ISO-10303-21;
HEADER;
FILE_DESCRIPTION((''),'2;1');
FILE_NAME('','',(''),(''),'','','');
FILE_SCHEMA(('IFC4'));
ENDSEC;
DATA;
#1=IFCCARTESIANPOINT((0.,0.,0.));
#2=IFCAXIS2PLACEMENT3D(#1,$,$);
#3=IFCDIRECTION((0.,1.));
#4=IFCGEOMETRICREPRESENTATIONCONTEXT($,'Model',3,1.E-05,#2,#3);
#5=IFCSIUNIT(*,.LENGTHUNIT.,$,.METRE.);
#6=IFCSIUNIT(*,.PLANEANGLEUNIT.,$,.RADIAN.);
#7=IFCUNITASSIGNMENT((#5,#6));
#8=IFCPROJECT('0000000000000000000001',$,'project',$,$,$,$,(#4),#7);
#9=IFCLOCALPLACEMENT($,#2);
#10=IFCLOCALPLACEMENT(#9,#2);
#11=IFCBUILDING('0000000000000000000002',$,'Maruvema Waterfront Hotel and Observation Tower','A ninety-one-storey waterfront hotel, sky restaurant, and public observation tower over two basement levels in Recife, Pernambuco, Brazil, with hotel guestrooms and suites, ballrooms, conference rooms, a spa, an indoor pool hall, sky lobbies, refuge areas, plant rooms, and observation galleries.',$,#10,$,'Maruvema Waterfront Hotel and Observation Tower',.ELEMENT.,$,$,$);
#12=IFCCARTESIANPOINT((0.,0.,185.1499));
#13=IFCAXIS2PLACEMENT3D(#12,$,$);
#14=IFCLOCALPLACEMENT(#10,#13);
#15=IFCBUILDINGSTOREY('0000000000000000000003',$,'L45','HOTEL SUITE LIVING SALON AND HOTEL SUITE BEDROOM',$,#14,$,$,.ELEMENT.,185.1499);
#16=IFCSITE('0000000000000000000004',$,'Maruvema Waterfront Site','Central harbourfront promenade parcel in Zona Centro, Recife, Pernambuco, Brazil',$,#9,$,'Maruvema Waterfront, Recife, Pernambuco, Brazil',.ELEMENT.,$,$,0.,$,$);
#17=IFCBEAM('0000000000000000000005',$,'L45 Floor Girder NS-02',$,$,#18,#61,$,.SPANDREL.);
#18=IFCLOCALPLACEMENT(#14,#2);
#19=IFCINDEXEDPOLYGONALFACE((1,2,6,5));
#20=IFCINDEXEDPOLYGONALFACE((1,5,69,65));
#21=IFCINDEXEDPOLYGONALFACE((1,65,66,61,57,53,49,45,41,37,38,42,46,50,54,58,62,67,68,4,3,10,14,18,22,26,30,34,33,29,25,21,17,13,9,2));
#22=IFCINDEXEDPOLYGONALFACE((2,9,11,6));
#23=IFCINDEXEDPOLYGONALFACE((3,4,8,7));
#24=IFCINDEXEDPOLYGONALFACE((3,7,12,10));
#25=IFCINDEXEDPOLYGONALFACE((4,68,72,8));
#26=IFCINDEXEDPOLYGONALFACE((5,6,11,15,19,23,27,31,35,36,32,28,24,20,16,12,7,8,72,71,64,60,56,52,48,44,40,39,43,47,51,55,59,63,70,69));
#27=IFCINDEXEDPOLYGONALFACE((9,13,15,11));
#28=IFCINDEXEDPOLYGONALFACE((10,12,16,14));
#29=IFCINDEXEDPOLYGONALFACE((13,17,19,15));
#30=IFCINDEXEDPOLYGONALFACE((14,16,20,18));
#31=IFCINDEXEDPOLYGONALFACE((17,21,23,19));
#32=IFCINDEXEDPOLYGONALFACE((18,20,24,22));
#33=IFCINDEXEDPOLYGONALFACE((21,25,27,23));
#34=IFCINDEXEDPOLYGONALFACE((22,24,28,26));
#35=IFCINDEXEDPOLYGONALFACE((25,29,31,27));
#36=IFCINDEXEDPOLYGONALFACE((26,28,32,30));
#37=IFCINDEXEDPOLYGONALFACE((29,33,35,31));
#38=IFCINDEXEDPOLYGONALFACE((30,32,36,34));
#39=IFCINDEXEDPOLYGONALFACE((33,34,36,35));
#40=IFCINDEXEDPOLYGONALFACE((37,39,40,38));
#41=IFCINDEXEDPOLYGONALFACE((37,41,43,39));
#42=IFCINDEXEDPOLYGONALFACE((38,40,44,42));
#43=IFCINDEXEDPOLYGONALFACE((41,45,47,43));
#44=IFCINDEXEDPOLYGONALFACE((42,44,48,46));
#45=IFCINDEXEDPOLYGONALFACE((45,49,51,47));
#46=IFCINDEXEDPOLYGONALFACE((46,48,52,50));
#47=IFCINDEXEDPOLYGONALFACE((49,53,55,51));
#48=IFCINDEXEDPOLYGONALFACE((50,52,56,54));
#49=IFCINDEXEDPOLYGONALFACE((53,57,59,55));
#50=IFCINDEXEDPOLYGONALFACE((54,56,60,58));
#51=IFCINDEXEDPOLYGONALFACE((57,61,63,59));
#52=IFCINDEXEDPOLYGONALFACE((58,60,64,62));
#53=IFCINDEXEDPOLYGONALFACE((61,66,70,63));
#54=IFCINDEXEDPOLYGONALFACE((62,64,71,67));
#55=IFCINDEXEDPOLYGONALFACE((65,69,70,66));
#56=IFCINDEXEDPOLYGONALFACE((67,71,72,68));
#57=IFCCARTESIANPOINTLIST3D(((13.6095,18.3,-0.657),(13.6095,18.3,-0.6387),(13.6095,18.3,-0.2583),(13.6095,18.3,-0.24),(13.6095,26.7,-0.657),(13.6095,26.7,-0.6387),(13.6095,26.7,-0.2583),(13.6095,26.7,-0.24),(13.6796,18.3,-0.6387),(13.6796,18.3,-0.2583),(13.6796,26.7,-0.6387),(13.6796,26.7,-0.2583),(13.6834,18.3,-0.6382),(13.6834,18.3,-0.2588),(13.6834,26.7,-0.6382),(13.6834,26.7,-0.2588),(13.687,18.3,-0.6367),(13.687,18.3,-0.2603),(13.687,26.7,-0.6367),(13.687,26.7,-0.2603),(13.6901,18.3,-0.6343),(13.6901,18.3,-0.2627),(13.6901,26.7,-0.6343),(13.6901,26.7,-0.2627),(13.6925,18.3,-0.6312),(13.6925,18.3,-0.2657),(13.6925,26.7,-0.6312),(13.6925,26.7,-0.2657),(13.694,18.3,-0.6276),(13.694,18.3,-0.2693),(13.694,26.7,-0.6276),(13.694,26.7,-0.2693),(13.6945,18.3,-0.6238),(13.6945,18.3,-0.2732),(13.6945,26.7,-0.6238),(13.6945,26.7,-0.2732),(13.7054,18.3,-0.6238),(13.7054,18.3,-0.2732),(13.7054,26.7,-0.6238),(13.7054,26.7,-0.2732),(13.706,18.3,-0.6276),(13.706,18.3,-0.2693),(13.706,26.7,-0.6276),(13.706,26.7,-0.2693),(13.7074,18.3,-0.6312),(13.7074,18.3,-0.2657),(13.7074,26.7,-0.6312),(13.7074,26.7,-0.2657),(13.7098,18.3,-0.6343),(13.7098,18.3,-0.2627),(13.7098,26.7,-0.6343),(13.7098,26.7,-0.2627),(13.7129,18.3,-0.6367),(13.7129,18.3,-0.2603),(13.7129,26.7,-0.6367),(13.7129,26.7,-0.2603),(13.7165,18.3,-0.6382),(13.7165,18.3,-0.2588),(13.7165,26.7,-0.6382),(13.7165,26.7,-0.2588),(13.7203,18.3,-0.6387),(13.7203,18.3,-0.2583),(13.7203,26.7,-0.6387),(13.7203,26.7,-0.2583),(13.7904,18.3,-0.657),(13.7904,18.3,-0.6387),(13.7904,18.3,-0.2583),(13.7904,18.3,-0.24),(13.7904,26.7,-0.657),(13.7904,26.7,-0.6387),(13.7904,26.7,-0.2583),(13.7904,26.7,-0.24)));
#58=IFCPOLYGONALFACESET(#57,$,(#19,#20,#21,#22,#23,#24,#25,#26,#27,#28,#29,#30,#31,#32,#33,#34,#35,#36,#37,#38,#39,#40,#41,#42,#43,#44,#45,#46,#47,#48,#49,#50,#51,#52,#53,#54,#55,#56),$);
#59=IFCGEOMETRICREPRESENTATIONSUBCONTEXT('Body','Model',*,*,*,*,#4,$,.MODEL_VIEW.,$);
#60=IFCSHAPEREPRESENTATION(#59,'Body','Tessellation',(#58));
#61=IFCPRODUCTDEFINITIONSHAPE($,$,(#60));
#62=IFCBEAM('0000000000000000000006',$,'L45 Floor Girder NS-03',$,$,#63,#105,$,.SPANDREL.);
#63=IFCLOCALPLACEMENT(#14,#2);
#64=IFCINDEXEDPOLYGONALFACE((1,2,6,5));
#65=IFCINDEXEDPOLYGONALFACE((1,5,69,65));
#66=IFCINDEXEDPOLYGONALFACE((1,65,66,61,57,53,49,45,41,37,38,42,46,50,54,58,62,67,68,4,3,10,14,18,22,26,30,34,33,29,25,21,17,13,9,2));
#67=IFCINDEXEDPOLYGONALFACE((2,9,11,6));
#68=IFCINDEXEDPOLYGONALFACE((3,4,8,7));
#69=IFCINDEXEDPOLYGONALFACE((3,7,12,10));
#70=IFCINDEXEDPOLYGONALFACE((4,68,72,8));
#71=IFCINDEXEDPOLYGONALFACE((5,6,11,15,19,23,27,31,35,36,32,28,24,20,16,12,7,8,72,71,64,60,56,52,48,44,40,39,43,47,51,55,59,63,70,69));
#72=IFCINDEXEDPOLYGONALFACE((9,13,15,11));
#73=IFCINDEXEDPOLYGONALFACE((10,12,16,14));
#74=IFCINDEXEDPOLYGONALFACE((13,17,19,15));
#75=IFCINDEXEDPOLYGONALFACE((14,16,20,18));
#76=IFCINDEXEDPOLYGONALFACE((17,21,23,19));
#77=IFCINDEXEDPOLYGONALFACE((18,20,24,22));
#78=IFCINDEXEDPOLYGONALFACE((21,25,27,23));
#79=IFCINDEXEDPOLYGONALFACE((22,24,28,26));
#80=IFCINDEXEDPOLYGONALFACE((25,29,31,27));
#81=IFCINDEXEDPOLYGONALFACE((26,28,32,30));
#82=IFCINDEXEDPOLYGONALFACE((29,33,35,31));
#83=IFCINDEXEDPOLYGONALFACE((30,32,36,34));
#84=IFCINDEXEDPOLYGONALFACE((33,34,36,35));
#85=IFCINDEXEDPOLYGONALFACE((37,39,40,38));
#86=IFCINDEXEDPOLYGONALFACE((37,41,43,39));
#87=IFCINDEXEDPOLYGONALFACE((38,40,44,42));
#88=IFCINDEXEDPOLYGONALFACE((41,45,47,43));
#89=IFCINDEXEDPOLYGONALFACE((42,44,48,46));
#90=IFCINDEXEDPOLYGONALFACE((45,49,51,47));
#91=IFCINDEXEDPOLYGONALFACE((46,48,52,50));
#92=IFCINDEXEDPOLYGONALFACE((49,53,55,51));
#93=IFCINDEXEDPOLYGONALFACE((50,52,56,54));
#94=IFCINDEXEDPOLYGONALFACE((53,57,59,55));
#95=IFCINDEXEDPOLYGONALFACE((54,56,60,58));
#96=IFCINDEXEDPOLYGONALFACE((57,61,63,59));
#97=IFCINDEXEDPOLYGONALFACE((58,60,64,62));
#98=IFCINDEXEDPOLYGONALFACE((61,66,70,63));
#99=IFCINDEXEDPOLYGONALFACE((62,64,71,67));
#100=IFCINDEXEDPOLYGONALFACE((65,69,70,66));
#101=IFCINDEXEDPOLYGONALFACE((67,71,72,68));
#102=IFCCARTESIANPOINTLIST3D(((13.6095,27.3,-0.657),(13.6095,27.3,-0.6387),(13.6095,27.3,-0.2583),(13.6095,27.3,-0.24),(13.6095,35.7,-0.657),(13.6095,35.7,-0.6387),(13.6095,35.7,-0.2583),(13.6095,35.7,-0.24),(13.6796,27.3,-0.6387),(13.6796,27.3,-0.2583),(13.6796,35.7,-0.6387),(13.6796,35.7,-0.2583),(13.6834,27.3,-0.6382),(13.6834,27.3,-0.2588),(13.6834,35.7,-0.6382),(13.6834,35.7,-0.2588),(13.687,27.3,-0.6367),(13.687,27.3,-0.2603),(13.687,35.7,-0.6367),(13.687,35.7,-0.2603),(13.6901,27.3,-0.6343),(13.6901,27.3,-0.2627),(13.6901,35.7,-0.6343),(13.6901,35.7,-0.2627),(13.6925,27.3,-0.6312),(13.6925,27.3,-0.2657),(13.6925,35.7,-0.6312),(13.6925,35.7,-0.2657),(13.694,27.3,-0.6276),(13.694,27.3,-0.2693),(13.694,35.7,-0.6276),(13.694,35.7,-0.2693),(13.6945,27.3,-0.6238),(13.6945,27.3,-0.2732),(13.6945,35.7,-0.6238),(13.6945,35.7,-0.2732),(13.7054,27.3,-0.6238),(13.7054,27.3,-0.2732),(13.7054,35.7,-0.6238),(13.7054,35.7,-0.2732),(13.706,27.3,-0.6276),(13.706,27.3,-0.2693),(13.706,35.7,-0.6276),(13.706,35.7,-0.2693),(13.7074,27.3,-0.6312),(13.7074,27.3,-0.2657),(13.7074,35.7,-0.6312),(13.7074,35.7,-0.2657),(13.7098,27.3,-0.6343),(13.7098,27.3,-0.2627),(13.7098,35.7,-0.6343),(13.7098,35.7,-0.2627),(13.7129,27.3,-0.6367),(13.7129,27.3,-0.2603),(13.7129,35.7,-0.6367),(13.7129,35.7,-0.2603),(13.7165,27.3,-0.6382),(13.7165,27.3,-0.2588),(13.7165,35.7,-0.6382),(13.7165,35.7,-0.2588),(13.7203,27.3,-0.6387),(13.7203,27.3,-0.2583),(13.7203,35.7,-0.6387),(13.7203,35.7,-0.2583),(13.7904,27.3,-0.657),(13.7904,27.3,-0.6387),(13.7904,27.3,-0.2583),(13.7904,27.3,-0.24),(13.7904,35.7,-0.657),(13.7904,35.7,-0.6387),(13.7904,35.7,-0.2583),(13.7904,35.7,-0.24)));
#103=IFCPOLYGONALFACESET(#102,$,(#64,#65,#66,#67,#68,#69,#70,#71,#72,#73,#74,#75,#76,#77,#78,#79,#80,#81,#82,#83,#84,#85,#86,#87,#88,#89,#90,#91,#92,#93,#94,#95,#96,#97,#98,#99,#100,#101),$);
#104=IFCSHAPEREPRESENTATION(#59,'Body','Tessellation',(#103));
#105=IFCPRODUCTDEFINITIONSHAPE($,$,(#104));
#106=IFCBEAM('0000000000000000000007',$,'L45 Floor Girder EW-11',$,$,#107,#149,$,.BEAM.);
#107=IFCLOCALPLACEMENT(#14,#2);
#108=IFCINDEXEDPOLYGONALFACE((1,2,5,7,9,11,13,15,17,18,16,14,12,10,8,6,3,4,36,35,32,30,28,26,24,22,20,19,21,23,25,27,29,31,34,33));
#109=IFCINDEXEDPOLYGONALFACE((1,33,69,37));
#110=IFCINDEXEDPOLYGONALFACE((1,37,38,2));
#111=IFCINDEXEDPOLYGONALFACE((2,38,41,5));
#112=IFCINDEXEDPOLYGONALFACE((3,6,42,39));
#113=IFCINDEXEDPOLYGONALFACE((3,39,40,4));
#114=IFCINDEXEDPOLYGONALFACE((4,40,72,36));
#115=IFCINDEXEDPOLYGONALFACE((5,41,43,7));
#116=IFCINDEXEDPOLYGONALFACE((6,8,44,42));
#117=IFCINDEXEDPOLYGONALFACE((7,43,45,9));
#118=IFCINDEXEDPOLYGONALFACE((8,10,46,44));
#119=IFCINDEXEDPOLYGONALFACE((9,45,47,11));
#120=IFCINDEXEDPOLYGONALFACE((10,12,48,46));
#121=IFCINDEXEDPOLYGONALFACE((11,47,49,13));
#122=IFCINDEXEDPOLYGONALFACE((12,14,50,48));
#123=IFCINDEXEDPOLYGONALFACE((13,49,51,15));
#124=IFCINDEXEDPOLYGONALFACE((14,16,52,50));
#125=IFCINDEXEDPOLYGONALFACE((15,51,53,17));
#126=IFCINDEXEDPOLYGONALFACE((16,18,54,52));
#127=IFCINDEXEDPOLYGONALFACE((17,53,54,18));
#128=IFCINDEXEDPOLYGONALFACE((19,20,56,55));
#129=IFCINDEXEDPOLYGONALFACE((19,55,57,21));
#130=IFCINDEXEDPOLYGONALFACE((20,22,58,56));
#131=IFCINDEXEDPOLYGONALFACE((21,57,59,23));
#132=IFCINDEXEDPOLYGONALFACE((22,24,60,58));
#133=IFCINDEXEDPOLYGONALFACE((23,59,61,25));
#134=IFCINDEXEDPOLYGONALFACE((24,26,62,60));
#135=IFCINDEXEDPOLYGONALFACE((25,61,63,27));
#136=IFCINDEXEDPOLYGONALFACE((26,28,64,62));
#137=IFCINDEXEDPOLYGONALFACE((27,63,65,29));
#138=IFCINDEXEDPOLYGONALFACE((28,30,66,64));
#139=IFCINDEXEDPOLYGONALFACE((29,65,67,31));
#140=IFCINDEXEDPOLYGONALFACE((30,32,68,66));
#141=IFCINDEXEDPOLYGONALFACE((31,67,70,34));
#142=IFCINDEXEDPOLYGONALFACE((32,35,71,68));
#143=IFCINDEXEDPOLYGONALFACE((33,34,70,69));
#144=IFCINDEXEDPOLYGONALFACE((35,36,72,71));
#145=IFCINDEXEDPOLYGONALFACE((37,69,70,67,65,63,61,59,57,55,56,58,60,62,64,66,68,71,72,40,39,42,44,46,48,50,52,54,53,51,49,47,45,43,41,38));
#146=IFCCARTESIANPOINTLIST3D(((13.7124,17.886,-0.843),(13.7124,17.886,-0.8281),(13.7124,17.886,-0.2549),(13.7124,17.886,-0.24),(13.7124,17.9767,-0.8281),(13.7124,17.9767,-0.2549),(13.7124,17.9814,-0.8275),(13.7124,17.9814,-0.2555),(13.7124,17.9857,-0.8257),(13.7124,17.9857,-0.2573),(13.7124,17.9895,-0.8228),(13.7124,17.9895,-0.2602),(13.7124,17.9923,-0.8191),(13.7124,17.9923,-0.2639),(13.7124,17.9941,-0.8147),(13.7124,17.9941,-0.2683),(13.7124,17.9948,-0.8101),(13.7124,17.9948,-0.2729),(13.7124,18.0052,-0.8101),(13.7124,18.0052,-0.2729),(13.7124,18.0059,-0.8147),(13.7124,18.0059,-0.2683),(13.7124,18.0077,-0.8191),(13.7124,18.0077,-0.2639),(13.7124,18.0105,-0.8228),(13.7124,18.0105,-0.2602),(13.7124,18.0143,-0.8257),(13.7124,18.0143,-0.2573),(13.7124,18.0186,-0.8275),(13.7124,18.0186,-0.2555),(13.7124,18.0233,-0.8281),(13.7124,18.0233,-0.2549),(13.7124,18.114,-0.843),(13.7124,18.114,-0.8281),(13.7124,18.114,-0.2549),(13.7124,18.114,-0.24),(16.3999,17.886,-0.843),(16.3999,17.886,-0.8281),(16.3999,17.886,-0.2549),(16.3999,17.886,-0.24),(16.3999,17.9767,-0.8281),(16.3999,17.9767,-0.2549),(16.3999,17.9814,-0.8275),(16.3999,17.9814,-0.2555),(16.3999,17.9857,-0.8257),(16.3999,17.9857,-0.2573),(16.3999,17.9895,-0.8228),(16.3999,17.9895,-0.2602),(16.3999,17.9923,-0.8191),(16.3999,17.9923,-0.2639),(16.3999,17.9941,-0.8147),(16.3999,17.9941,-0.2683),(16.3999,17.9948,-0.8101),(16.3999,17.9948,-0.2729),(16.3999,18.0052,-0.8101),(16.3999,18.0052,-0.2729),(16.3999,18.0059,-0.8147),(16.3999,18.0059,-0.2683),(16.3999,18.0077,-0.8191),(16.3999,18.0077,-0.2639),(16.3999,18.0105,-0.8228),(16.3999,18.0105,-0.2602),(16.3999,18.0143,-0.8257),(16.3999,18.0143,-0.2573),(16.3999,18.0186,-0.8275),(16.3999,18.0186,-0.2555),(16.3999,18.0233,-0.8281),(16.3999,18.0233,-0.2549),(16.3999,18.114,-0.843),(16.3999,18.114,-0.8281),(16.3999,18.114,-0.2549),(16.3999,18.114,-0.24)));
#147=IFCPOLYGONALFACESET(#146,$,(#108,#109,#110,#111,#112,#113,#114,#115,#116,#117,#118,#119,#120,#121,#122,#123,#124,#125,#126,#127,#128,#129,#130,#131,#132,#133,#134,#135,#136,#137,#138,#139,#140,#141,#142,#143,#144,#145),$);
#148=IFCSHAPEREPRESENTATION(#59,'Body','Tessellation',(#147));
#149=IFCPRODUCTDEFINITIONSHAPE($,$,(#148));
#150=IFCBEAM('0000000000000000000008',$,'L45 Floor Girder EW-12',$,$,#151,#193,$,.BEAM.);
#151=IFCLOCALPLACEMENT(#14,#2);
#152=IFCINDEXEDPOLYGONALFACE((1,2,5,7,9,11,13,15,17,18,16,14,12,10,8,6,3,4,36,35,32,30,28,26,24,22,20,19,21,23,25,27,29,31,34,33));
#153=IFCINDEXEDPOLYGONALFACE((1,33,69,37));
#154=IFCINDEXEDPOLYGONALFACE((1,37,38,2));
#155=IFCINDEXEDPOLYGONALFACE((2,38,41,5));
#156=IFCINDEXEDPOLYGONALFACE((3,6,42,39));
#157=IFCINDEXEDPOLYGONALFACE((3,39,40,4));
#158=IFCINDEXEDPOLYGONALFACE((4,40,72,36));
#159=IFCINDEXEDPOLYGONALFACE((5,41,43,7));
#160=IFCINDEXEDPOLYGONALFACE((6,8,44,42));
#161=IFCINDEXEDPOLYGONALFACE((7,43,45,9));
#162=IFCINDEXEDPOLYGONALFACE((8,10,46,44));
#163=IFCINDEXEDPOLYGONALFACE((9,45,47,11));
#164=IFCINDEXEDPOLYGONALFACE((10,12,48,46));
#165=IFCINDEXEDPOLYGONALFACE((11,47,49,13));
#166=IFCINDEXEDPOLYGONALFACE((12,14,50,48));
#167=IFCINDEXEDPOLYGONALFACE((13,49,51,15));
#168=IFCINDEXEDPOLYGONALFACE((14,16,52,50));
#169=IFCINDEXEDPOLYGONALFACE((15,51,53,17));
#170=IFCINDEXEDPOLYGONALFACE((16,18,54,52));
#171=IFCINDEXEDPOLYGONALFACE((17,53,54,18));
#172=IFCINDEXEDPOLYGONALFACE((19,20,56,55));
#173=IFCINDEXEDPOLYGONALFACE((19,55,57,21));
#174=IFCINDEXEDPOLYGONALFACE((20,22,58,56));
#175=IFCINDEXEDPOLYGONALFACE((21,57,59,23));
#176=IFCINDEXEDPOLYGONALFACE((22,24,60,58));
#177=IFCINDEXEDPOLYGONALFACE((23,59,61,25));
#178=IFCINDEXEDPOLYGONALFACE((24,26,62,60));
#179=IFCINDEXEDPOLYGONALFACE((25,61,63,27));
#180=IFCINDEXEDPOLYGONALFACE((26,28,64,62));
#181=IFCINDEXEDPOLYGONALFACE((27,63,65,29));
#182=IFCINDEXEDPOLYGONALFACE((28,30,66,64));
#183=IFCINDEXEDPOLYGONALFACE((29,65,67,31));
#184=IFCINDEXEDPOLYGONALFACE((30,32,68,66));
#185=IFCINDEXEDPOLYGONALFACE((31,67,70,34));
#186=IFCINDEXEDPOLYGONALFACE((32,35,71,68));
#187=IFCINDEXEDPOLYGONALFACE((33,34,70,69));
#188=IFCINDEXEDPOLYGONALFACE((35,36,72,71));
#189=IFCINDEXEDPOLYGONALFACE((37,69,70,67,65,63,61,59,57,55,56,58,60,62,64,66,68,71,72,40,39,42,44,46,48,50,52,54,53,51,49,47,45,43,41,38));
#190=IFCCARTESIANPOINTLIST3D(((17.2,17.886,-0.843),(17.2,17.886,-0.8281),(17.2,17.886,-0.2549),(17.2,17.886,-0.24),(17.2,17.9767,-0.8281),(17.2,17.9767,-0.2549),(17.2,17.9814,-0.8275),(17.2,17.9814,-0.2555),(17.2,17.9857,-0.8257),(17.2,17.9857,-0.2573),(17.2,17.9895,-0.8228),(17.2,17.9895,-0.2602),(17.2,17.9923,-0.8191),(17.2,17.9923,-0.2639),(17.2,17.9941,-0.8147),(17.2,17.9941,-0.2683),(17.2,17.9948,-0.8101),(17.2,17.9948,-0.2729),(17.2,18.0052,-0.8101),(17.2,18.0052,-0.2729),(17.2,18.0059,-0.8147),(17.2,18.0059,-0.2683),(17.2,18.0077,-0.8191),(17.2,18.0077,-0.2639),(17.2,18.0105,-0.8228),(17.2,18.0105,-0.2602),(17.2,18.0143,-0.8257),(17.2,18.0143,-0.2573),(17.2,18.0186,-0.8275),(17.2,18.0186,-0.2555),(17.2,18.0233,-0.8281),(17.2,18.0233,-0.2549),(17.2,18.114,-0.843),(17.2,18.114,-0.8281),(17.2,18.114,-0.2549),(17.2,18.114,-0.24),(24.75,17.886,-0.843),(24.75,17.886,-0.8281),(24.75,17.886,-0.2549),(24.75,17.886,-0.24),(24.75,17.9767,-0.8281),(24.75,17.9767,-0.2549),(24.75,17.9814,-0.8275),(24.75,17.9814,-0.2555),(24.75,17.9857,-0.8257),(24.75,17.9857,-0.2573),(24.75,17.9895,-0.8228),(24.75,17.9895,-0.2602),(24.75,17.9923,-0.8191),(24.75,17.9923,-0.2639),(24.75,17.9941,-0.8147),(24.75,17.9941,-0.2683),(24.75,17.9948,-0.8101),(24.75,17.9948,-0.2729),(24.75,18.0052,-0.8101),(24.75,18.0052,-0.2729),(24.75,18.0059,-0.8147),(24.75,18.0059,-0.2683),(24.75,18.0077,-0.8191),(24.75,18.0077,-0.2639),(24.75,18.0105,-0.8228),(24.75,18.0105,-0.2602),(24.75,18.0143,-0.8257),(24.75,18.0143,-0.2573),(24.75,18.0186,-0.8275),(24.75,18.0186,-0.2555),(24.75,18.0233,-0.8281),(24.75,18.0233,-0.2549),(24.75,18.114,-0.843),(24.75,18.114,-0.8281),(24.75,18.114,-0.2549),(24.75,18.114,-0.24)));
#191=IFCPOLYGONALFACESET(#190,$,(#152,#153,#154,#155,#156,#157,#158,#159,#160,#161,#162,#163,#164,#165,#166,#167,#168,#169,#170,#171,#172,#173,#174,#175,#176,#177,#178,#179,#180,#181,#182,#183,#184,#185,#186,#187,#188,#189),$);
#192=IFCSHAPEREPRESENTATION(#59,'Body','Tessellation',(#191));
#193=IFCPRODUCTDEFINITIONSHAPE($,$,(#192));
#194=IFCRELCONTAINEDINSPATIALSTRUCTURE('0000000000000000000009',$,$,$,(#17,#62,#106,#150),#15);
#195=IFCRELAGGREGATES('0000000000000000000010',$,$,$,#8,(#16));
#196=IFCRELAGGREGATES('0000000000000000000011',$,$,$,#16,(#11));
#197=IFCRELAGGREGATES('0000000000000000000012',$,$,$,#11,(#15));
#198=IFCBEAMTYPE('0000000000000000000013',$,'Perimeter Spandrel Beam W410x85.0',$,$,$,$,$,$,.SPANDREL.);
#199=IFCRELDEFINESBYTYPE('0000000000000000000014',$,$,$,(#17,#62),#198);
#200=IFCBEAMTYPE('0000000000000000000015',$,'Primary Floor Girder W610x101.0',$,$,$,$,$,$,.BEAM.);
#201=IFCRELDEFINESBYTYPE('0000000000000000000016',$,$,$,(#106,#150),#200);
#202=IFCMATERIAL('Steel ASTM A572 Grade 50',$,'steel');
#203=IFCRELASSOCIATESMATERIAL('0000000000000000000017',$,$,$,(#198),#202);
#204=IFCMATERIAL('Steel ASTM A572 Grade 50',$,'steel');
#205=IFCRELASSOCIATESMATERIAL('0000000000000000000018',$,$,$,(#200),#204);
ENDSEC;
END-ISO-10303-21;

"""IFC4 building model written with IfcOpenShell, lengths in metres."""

from ifc_helpers import new_model, si_unit, direction, frame, origin, origin_2d, place, context, subcontext, project, spatial, i_section, extrude, material, material_profile, profile_set, type_object, element, save


model = new_model("IFC4")

# Units and contexts
model_context = context("Model", 3, precision=1e-05, world=origin(), true_north=direction((0.0, 1.0)))
body_context = subcontext(model_context, "Body", "Model", "MODEL_VIEW")
ifc_project = project(units=[si_unit("LENGTHUNIT", "METRE"), si_unit("PLANEANGLEUNIT", "RADIAN")], contexts=[model_context])

# Site, building, storey
site_placement = place(None, origin())
site = spatial("IfcSite", under=ifc_project, at=site_placement, Name="Maruvema Waterfront Site", Description="Central harbourfront promenade parcel in Zona Centro, Recife, Pernambuco, Brazil", LongName="Maruvema Waterfront, Recife, Pernambuco, Brazil", CompositionType="ELEMENT", RefElevation=0.0)
building_placement = place(site_placement, origin())
building = spatial("IfcBuilding", under=site, at=building_placement, Name="Maruvema Waterfront Hotel and Observation Tower", Description="A ninety-one-storey waterfront hotel, sky restaurant, and public observation tower over two basement levels in Recife, Pernambuco, Brazil, with hotel guestrooms and suites, ballrooms, conference rooms, a spa, an indoor pool hall, sky lobbies, refuge areas, plant rooms, and observation galleries.", LongName="Maruvema Waterfront Hotel and Observation Tower", CompositionType="ELEMENT")
storey_placement = place(building_placement, frame((0.0, 0.0, 185.1499)))
storey = spatial("IfcBuildingStorey", under=building, at=storey_placement, Name="L45", Description="HOTEL SUITE LIVING SALON AND HOTEL SUITE BEDROOM", CompositionType="ELEMENT", Elevation=185.1499)

# Beams
ifc_material_1 = material(Name="Steel ASTM A572 Grade 50", Category="steel")
ifc_material_profile_1 = material_profile(ifc_material_1, i_section(OverallWidth=0.1809, OverallDepth=0.417, WebThickness=0.011, FlangeThickness=0.0183, FilletRadius=0.0149, at=origin_2d()), Name="W410x85.0")
ifc_profile_set_1 = profile_set([ifc_material_profile_1], Name="Steel ASTM A572 Grade 50")
beam_type_1 = type_object("IfcBeamType", Name="Perimeter Spandrel Beam W410x85.0", PredefinedType="SPANDREL", material=ifc_profile_set_1)
for number, where, z_axis, x_axis, name in (
    (1, (13.7, 18.3, -0.4485), (0.0, 1.0, 0.0), (-1.0, 0.0, 0.0), "L45 Floor Girder NS-02"),
    (2, (13.7, 27.3, -0.4485), (0.0, 1.0, 0.0), (-1.0, 0.0, 0.0), "L45 Floor Girder NS-03"),
):
    element("IfcBeam", number, at=place(storey_placement, frame(where, z_axis=z_axis, x_axis=x_axis)), inside=storey, type_object=beam_type_1, Name=name, PredefinedType="SPANDREL", context=body_context, shape_type="SweptSolid", body=[
        extrude(i_section(OverallWidth=0.1809, OverallDepth=0.417, WebThickness=0.011, FlangeThickness=0.0183, FilletRadius=0.0149, at=origin_2d()), origin(), (0.0, 0.0, 1.0), 8.3999),
    ])
ifc_material_2 = material(Name="Steel ASTM A572 Grade 50", Category="steel")
ifc_material_profile_2 = material_profile(ifc_material_2, i_section(OverallWidth=0.228, OverallDepth=0.603, WebThickness=0.0105, FlangeThickness=0.0149, FilletRadius=0.0181, at=origin_2d()), Name="W610x101.0")
ifc_profile_set_2 = profile_set([ifc_material_profile_2], Name="Steel ASTM A572 Grade 50")
beam_type_2 = type_object("IfcBeamType", Name="Primary Floor Girder W610x101.0", PredefinedType="BEAM", material=ifc_profile_set_2)
beam_1_placement = place(storey_placement, frame((13.7124, 18.0, -0.5415), z_axis=(1.0, 0.0, 0.0), x_axis=(0.0, 1.0, 0.0)))
element("IfcBeam", 3, at=beam_1_placement, inside=storey, type_object=beam_type_2, Name="L45 Floor Girder EW-11", PredefinedType="BEAM", context=body_context, shape_type="SweptSolid", body=[
    extrude(i_section(OverallWidth=0.228, OverallDepth=0.603, WebThickness=0.0105, FlangeThickness=0.0149, FilletRadius=0.0181, at=origin_2d()), origin(), (0.0, 0.0, 1.0), 2.6875),
])
beam_2_placement = place(storey_placement, frame((17.2, 18.0, -0.5415), z_axis=(1.0, 0.0, 0.0), x_axis=(0.0, 1.0, 0.0)))
element("IfcBeam", 4, at=beam_2_placement, inside=storey, type_object=beam_type_2, Name="L45 Floor Girder EW-12", PredefinedType="BEAM", context=body_context, shape_type="SweptSolid", body=[
    extrude(i_section(OverallWidth=0.228, OverallDepth=0.603, WebThickness=0.0105, FlangeThickness=0.0149, FilletRadius=0.0181, at=origin_2d()), origin(), (0.0, 0.0, 1.0), 7.55),
])

save(model, "model.ifc")
